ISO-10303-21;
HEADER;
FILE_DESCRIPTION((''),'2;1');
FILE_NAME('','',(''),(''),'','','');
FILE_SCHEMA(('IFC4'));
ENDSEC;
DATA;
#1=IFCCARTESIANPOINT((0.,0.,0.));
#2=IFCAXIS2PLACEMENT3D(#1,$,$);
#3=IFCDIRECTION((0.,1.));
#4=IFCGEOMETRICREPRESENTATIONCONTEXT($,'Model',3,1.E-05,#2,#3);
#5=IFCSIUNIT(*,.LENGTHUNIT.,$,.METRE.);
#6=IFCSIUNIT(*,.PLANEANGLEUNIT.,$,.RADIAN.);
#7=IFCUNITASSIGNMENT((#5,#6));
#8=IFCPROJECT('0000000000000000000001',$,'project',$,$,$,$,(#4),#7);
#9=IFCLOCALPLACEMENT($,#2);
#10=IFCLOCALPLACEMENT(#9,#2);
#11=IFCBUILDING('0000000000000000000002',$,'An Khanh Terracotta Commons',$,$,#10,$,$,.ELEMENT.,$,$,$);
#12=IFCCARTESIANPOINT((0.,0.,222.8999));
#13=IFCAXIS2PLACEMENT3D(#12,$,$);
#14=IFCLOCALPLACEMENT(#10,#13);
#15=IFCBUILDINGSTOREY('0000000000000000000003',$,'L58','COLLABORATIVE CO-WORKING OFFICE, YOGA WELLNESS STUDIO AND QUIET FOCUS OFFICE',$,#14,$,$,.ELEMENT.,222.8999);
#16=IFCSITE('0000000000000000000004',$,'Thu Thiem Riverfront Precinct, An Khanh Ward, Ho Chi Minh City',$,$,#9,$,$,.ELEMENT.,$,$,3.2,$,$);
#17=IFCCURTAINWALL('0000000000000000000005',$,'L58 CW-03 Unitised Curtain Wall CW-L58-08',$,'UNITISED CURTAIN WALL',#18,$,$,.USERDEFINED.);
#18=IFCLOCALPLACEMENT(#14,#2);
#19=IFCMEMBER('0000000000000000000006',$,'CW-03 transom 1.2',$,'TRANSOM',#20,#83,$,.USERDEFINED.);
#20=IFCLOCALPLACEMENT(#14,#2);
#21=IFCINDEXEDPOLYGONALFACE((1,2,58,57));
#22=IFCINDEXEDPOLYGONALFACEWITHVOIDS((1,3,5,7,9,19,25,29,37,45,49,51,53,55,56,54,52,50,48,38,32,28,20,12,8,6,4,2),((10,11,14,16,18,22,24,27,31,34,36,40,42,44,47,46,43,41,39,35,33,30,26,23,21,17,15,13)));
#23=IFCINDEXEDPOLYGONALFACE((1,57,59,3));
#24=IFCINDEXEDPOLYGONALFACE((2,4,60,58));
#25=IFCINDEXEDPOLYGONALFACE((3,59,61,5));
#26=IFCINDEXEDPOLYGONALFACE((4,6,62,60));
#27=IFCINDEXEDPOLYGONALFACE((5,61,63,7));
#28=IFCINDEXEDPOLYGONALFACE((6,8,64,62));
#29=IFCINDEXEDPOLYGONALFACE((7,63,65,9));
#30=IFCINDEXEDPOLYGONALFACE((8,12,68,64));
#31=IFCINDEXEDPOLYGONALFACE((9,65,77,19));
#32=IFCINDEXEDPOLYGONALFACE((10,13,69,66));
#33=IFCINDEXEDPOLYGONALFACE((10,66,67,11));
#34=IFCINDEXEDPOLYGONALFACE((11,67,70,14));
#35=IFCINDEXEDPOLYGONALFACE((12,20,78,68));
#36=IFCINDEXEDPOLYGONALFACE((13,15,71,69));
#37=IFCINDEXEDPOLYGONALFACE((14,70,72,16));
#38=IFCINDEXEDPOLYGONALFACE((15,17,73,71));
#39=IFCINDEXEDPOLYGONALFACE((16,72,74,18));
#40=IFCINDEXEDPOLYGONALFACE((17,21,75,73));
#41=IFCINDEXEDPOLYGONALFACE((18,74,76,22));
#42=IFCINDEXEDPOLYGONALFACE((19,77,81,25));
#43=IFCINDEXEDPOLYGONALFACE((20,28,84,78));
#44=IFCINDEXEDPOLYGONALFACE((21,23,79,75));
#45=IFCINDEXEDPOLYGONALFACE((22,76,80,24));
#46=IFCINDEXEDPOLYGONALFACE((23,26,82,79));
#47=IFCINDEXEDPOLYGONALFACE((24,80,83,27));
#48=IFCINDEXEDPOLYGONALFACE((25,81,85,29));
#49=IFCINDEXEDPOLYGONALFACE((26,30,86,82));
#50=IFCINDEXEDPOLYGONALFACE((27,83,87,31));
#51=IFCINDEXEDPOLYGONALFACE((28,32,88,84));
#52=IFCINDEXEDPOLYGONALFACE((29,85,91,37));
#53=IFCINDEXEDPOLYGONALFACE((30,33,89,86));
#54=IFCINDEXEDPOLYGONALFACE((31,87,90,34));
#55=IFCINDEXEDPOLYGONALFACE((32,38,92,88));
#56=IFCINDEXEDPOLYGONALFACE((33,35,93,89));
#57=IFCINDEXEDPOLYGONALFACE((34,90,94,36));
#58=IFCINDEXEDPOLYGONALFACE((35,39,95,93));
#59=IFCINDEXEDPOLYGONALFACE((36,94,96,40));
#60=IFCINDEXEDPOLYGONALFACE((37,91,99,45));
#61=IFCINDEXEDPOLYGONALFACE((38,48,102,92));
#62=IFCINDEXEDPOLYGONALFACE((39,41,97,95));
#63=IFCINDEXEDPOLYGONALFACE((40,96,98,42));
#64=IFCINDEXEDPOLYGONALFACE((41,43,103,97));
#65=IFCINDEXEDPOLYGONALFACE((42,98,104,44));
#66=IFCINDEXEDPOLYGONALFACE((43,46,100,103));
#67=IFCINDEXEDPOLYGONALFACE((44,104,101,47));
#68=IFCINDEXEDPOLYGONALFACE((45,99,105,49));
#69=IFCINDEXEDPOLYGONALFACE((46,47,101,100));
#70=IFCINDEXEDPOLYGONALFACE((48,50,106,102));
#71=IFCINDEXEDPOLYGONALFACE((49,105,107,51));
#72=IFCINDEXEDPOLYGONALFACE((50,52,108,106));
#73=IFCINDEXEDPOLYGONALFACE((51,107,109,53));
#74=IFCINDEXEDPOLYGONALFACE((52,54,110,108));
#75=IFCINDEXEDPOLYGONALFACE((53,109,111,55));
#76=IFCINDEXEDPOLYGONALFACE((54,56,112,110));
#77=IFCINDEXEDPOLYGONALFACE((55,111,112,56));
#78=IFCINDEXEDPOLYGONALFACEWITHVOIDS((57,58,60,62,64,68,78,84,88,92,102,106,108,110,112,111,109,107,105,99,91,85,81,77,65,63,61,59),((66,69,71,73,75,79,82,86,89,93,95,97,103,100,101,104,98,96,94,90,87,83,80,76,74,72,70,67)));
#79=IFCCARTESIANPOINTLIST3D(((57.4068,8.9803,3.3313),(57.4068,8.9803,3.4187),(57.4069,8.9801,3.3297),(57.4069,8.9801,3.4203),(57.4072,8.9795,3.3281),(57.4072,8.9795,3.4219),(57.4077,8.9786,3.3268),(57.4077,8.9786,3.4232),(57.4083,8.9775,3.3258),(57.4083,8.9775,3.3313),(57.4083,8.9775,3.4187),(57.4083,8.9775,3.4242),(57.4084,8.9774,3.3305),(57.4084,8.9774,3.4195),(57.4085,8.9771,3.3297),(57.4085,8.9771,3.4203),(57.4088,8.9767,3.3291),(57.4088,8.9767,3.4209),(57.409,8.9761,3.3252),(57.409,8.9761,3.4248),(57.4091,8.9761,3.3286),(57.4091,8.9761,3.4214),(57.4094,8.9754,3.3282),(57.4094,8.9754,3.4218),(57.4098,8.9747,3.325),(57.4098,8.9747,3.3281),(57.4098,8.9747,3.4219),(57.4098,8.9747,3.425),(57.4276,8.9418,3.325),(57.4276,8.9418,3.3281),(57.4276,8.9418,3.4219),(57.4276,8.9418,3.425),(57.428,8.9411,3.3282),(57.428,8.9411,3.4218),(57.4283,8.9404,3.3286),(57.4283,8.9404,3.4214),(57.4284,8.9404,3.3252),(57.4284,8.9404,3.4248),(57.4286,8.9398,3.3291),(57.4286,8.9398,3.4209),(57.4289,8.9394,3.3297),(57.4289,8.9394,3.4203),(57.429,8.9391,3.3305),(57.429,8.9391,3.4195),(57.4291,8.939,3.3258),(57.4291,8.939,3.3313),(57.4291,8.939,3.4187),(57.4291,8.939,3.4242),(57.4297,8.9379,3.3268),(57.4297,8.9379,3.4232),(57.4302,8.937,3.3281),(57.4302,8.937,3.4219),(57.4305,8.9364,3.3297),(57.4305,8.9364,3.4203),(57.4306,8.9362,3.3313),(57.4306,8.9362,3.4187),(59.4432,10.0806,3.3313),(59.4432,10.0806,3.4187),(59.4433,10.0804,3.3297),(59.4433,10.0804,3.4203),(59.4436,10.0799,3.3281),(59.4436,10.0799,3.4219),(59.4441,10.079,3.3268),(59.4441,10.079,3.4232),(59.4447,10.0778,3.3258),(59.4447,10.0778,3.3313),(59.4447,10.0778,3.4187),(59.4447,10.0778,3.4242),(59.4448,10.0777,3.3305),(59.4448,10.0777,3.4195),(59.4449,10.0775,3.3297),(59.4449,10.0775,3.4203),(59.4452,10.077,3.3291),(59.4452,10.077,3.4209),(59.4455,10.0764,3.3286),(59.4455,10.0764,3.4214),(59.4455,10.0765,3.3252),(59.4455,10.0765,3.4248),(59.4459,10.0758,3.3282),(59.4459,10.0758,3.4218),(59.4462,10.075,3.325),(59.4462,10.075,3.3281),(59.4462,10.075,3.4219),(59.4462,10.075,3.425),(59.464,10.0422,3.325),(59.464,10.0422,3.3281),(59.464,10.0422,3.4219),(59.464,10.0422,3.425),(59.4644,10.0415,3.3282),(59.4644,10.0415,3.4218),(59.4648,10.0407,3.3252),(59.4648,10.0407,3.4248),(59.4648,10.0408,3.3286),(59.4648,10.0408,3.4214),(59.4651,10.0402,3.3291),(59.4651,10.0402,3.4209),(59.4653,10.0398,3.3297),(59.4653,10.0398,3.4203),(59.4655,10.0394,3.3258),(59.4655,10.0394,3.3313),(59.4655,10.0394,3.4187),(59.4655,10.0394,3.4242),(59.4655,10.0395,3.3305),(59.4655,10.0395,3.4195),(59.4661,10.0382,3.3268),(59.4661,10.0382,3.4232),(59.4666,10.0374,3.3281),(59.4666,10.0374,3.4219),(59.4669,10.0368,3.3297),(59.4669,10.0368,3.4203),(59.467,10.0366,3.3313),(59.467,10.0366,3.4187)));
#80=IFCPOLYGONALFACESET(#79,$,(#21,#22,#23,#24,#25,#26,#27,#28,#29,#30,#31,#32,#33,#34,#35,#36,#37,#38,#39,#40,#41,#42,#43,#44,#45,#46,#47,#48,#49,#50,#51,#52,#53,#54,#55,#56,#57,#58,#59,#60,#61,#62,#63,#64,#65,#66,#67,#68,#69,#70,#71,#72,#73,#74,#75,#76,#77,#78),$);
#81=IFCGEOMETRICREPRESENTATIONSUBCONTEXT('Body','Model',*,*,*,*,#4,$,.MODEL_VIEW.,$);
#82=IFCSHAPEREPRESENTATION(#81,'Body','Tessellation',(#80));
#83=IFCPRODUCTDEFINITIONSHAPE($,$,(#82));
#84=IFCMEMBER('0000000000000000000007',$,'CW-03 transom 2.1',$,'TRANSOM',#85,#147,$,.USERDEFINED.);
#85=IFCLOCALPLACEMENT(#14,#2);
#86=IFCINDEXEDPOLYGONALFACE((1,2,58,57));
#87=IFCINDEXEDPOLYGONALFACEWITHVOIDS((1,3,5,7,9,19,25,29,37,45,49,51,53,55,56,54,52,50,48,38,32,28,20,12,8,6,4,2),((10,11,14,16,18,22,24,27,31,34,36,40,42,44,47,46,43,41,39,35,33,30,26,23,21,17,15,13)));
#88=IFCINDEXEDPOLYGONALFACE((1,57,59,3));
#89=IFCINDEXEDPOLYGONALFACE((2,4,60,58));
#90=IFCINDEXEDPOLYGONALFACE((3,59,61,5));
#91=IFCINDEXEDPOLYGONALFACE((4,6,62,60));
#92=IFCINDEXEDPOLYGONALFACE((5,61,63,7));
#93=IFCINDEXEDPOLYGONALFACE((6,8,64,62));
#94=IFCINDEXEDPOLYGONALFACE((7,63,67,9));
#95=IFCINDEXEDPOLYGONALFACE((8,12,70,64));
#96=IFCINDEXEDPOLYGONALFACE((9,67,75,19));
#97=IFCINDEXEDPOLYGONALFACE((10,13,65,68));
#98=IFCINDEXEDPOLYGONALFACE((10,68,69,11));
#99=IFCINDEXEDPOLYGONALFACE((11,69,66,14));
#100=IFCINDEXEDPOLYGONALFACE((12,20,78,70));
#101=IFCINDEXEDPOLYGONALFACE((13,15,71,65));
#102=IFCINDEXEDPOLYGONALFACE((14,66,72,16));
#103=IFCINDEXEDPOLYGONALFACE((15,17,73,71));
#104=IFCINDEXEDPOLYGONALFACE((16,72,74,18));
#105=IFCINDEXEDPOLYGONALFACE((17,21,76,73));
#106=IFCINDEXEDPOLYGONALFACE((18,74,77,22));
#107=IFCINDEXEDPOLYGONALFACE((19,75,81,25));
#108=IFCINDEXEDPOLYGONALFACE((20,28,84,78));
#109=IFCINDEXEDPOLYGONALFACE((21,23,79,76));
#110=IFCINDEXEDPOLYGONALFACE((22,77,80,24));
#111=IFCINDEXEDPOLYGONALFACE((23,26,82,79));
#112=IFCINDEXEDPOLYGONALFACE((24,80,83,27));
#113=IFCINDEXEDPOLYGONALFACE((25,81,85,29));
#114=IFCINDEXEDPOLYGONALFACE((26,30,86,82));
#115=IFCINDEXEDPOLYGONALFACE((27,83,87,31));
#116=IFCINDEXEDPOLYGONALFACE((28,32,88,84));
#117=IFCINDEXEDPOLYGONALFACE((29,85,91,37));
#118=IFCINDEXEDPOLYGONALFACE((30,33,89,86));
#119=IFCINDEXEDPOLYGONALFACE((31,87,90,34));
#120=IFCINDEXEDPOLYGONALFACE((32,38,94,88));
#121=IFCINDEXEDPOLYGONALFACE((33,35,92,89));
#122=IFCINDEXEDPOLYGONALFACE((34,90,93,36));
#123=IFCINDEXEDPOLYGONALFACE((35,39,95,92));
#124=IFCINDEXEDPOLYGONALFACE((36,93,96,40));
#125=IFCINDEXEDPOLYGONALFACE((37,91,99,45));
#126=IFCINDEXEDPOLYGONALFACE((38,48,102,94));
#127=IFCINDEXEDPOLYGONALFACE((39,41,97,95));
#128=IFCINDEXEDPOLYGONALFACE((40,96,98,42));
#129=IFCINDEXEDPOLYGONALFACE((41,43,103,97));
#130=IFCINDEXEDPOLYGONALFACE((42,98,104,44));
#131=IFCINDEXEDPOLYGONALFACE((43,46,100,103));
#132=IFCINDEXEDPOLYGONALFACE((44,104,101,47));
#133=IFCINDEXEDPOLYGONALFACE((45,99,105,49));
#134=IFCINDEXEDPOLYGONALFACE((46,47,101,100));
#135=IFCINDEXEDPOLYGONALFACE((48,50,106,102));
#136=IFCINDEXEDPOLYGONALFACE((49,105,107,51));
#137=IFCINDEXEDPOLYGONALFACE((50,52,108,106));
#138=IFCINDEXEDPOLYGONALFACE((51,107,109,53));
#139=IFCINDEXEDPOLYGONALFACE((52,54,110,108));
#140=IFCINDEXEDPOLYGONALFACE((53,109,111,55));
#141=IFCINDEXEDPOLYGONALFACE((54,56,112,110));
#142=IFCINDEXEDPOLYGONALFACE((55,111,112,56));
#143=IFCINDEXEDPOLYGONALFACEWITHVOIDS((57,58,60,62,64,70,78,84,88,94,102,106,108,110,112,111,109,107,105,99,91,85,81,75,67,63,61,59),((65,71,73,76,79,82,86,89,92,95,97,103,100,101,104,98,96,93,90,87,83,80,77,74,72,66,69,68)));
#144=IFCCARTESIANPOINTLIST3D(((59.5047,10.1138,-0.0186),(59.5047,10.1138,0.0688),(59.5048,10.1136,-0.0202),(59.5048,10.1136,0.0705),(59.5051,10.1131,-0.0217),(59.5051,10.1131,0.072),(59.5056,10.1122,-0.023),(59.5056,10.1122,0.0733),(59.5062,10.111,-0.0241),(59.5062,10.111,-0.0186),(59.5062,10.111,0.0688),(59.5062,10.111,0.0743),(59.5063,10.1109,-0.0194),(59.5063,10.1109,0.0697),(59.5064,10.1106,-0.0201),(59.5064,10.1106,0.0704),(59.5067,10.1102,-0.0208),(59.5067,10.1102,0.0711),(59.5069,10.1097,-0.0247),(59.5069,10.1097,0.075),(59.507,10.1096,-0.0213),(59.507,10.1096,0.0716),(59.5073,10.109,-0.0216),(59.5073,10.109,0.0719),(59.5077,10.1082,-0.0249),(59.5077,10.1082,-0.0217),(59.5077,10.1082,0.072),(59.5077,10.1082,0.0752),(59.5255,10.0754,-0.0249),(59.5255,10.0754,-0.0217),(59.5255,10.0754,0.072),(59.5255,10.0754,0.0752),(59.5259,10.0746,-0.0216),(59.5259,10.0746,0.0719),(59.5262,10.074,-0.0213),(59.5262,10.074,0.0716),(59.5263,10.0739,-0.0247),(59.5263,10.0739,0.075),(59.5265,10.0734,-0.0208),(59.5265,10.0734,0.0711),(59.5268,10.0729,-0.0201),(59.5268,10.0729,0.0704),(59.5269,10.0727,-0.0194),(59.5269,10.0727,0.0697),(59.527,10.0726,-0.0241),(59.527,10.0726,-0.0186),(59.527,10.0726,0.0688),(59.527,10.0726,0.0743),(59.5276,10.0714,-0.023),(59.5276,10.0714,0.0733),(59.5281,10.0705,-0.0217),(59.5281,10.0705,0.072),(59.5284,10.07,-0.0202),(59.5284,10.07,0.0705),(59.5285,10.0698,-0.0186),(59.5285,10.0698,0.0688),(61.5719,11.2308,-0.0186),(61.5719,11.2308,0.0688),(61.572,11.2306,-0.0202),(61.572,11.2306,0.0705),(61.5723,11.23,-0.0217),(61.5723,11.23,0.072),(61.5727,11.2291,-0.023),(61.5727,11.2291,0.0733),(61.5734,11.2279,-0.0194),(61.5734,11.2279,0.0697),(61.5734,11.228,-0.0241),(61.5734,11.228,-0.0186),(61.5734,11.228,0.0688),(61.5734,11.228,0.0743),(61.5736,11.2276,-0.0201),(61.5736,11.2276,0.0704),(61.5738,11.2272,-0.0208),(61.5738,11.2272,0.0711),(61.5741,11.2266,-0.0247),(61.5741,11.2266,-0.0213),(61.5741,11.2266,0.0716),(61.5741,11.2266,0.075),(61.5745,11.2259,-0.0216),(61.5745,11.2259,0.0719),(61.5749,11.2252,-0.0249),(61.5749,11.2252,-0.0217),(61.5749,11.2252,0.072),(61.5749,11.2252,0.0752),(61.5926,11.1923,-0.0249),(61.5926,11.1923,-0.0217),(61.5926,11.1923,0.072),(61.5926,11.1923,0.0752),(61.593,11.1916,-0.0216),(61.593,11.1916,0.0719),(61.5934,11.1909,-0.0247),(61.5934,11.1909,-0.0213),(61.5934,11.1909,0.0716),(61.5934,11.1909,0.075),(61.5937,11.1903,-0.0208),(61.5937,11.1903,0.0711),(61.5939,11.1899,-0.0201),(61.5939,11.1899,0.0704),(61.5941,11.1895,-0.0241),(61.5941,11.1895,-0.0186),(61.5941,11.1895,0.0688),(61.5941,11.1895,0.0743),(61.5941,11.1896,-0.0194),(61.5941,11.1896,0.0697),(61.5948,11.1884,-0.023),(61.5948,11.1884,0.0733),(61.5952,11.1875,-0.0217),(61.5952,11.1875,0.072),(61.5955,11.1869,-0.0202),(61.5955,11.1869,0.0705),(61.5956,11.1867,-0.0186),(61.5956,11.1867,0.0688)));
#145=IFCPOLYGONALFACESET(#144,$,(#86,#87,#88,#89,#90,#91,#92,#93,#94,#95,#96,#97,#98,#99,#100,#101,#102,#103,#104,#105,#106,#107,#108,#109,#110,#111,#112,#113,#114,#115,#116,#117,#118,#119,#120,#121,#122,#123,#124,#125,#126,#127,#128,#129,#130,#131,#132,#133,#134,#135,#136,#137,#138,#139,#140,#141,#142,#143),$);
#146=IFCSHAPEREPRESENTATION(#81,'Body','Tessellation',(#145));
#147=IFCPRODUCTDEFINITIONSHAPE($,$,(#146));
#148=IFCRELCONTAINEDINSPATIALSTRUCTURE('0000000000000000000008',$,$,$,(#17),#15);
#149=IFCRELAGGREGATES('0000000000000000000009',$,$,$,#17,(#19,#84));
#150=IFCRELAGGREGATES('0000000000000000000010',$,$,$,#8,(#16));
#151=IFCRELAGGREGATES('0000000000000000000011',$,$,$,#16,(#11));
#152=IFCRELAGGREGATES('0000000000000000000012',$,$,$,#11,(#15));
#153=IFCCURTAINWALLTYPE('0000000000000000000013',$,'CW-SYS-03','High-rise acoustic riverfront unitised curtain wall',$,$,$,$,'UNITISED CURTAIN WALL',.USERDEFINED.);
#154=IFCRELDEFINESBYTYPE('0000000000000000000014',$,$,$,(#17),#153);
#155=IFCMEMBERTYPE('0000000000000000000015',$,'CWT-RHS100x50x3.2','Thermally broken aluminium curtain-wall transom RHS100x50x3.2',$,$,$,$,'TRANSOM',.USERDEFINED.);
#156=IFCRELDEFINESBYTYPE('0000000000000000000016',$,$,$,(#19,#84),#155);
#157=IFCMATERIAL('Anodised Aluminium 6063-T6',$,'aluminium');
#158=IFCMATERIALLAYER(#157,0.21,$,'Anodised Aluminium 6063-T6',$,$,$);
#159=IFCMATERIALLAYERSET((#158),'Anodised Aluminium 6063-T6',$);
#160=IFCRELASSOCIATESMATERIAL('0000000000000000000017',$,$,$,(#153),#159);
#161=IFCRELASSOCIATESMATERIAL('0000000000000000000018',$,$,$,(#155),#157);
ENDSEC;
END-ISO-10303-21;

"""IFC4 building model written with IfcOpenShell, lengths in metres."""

from ifc_helpers import new_model, si_unit, direction, frame, origin, origin_2d, place, context, subcontext, project, spatial, hollow_rectangle, extrude, material, layer, layer_set, material_profile, profile_set, type_object, element, aggregate, save


model = new_model("IFC4")

# Units and contexts
model_context = context("Model", 3, precision=1e-05, world=origin(), true_north=direction((0.0, 1.0)))
body_context = subcontext(model_context, "Body", "Model", "MODEL_VIEW")
ifc_project = project(units=[si_unit("LENGTHUNIT", "METRE"), si_unit("PLANEANGLEUNIT", "RADIAN")], contexts=[model_context])

# Site, building, storey
site_placement = place(None, origin())
site = spatial("IfcSite", under=ifc_project, at=site_placement, Name="Thu Thiem Riverfront Precinct, An Khanh Ward, Ho Chi Minh City", CompositionType="ELEMENT", RefElevation=3.2)
building_placement = place(site_placement, origin())
building = spatial("IfcBuilding", under=site, at=building_placement, Name="An Khanh Terracotta Commons", CompositionType="ELEMENT")
storey_placement = place(building_placement, frame((0.0, 0.0, 222.8999)))
storey = spatial("IfcBuildingStorey", under=building, at=storey_placement, Name="L58", Description="COLLABORATIVE CO-WORKING OFFICE, YOGA WELLNESS STUDIO AND QUIET FOCUS OFFICE", CompositionType="ELEMENT", Elevation=222.8999)

# Curtain wall, members
ifc_material_1 = material(Name="Anodised Aluminium 6063-T6", Category="aluminium")
ifc_layer_1 = layer(ifc_material_1, 0.21, Name="Anodised Aluminium 6063-T6")
ifc_layer_set_1 = layer_set([ifc_layer_1], Name="Anodised Aluminium 6063-T6")
curtain_wall_type = type_object("IfcCurtainWallType", Name="CW-SYS-03", Description="High-rise acoustic riverfront unitised curtain wall", ElementType="UNITISED CURTAIN WALL", PredefinedType="USERDEFINED", material=ifc_layer_set_1)
curtain_wall_placement = place(storey_placement, origin())
curtain_wall = element("IfcCurtainWall", 1, at=curtain_wall_placement, inside=storey, type_object=curtain_wall_type, Name="L58 CW-03 Unitised Curtain Wall CW-L58-08", ObjectType="UNITISED CURTAIN WALL", PredefinedType="USERDEFINED")
ifc_material_profile_1 = material_profile(ifc_material_1, hollow_rectangle(XDim=0.05, YDim=0.1001, WallThickness=0.0032, InnerFilletRadius=0.0032, OuterFilletRadius=0.0063, at=origin_2d()), Name="RHS100x50x3.2")
ifc_profile_set_1 = profile_set([ifc_material_profile_1], Name="Anodised Aluminium 6063-T6")
member_type_1 = type_object("IfcMemberType", Name="CWT-RHS100x50x3.2", Description="Thermally broken aluminium curtain-wall transom RHS100x50x3.2", ElementType="TRANSOM", PredefinedType="USERDEFINED", material=ifc_profile_set_1)
member_1_placement = place(storey_placement, frame((57.4187, 8.9583, 3.375), z_axis=(0.879779, 0.475382, 0.0), x_axis=(-0.475382, 0.879779, 0.0)))
member_1 = element("IfcMember", 2, at=member_1_placement, type_object=member_type_1, Name="CW-03 transom 1.2", ObjectType="TRANSOM", PredefinedType="USERDEFINED", context=body_context, shape_type="SweptSolid", body=[
    extrude(hollow_rectangle(XDim=0.05, YDim=0.1001, WallThickness=0.0032, InnerFilletRadius=0.0032, OuterFilletRadius=0.0063, at=origin_2d()), origin(), (0.0, 0.0, 1.0), 2.3147),
])
member_2_placement = place(storey_placement, frame((59.5166, 10.0918, 0.0251), z_axis=(0.879783, 0.475376, 0.0), x_axis=(-0.475376, 0.879783, 0.0)))
member_2 = element("IfcMember", 3, at=member_2_placement, type_object=member_type_1, Name="CW-03 transom 2.1", ObjectType="TRANSOM", PredefinedType="USERDEFINED", context=body_context, shape_type="SweptSolid", body=[
    extrude(hollow_rectangle(XDim=0.05, YDim=0.1001, WallThickness=0.0032, InnerFilletRadius=0.0032, OuterFilletRadius=0.0063, at=origin_2d()), origin(), (0.0, 0.0, 1.0), 2.3496),
])
aggregate(curtain_wall, [member_1, member_2])

save(model, "model.ifc")
